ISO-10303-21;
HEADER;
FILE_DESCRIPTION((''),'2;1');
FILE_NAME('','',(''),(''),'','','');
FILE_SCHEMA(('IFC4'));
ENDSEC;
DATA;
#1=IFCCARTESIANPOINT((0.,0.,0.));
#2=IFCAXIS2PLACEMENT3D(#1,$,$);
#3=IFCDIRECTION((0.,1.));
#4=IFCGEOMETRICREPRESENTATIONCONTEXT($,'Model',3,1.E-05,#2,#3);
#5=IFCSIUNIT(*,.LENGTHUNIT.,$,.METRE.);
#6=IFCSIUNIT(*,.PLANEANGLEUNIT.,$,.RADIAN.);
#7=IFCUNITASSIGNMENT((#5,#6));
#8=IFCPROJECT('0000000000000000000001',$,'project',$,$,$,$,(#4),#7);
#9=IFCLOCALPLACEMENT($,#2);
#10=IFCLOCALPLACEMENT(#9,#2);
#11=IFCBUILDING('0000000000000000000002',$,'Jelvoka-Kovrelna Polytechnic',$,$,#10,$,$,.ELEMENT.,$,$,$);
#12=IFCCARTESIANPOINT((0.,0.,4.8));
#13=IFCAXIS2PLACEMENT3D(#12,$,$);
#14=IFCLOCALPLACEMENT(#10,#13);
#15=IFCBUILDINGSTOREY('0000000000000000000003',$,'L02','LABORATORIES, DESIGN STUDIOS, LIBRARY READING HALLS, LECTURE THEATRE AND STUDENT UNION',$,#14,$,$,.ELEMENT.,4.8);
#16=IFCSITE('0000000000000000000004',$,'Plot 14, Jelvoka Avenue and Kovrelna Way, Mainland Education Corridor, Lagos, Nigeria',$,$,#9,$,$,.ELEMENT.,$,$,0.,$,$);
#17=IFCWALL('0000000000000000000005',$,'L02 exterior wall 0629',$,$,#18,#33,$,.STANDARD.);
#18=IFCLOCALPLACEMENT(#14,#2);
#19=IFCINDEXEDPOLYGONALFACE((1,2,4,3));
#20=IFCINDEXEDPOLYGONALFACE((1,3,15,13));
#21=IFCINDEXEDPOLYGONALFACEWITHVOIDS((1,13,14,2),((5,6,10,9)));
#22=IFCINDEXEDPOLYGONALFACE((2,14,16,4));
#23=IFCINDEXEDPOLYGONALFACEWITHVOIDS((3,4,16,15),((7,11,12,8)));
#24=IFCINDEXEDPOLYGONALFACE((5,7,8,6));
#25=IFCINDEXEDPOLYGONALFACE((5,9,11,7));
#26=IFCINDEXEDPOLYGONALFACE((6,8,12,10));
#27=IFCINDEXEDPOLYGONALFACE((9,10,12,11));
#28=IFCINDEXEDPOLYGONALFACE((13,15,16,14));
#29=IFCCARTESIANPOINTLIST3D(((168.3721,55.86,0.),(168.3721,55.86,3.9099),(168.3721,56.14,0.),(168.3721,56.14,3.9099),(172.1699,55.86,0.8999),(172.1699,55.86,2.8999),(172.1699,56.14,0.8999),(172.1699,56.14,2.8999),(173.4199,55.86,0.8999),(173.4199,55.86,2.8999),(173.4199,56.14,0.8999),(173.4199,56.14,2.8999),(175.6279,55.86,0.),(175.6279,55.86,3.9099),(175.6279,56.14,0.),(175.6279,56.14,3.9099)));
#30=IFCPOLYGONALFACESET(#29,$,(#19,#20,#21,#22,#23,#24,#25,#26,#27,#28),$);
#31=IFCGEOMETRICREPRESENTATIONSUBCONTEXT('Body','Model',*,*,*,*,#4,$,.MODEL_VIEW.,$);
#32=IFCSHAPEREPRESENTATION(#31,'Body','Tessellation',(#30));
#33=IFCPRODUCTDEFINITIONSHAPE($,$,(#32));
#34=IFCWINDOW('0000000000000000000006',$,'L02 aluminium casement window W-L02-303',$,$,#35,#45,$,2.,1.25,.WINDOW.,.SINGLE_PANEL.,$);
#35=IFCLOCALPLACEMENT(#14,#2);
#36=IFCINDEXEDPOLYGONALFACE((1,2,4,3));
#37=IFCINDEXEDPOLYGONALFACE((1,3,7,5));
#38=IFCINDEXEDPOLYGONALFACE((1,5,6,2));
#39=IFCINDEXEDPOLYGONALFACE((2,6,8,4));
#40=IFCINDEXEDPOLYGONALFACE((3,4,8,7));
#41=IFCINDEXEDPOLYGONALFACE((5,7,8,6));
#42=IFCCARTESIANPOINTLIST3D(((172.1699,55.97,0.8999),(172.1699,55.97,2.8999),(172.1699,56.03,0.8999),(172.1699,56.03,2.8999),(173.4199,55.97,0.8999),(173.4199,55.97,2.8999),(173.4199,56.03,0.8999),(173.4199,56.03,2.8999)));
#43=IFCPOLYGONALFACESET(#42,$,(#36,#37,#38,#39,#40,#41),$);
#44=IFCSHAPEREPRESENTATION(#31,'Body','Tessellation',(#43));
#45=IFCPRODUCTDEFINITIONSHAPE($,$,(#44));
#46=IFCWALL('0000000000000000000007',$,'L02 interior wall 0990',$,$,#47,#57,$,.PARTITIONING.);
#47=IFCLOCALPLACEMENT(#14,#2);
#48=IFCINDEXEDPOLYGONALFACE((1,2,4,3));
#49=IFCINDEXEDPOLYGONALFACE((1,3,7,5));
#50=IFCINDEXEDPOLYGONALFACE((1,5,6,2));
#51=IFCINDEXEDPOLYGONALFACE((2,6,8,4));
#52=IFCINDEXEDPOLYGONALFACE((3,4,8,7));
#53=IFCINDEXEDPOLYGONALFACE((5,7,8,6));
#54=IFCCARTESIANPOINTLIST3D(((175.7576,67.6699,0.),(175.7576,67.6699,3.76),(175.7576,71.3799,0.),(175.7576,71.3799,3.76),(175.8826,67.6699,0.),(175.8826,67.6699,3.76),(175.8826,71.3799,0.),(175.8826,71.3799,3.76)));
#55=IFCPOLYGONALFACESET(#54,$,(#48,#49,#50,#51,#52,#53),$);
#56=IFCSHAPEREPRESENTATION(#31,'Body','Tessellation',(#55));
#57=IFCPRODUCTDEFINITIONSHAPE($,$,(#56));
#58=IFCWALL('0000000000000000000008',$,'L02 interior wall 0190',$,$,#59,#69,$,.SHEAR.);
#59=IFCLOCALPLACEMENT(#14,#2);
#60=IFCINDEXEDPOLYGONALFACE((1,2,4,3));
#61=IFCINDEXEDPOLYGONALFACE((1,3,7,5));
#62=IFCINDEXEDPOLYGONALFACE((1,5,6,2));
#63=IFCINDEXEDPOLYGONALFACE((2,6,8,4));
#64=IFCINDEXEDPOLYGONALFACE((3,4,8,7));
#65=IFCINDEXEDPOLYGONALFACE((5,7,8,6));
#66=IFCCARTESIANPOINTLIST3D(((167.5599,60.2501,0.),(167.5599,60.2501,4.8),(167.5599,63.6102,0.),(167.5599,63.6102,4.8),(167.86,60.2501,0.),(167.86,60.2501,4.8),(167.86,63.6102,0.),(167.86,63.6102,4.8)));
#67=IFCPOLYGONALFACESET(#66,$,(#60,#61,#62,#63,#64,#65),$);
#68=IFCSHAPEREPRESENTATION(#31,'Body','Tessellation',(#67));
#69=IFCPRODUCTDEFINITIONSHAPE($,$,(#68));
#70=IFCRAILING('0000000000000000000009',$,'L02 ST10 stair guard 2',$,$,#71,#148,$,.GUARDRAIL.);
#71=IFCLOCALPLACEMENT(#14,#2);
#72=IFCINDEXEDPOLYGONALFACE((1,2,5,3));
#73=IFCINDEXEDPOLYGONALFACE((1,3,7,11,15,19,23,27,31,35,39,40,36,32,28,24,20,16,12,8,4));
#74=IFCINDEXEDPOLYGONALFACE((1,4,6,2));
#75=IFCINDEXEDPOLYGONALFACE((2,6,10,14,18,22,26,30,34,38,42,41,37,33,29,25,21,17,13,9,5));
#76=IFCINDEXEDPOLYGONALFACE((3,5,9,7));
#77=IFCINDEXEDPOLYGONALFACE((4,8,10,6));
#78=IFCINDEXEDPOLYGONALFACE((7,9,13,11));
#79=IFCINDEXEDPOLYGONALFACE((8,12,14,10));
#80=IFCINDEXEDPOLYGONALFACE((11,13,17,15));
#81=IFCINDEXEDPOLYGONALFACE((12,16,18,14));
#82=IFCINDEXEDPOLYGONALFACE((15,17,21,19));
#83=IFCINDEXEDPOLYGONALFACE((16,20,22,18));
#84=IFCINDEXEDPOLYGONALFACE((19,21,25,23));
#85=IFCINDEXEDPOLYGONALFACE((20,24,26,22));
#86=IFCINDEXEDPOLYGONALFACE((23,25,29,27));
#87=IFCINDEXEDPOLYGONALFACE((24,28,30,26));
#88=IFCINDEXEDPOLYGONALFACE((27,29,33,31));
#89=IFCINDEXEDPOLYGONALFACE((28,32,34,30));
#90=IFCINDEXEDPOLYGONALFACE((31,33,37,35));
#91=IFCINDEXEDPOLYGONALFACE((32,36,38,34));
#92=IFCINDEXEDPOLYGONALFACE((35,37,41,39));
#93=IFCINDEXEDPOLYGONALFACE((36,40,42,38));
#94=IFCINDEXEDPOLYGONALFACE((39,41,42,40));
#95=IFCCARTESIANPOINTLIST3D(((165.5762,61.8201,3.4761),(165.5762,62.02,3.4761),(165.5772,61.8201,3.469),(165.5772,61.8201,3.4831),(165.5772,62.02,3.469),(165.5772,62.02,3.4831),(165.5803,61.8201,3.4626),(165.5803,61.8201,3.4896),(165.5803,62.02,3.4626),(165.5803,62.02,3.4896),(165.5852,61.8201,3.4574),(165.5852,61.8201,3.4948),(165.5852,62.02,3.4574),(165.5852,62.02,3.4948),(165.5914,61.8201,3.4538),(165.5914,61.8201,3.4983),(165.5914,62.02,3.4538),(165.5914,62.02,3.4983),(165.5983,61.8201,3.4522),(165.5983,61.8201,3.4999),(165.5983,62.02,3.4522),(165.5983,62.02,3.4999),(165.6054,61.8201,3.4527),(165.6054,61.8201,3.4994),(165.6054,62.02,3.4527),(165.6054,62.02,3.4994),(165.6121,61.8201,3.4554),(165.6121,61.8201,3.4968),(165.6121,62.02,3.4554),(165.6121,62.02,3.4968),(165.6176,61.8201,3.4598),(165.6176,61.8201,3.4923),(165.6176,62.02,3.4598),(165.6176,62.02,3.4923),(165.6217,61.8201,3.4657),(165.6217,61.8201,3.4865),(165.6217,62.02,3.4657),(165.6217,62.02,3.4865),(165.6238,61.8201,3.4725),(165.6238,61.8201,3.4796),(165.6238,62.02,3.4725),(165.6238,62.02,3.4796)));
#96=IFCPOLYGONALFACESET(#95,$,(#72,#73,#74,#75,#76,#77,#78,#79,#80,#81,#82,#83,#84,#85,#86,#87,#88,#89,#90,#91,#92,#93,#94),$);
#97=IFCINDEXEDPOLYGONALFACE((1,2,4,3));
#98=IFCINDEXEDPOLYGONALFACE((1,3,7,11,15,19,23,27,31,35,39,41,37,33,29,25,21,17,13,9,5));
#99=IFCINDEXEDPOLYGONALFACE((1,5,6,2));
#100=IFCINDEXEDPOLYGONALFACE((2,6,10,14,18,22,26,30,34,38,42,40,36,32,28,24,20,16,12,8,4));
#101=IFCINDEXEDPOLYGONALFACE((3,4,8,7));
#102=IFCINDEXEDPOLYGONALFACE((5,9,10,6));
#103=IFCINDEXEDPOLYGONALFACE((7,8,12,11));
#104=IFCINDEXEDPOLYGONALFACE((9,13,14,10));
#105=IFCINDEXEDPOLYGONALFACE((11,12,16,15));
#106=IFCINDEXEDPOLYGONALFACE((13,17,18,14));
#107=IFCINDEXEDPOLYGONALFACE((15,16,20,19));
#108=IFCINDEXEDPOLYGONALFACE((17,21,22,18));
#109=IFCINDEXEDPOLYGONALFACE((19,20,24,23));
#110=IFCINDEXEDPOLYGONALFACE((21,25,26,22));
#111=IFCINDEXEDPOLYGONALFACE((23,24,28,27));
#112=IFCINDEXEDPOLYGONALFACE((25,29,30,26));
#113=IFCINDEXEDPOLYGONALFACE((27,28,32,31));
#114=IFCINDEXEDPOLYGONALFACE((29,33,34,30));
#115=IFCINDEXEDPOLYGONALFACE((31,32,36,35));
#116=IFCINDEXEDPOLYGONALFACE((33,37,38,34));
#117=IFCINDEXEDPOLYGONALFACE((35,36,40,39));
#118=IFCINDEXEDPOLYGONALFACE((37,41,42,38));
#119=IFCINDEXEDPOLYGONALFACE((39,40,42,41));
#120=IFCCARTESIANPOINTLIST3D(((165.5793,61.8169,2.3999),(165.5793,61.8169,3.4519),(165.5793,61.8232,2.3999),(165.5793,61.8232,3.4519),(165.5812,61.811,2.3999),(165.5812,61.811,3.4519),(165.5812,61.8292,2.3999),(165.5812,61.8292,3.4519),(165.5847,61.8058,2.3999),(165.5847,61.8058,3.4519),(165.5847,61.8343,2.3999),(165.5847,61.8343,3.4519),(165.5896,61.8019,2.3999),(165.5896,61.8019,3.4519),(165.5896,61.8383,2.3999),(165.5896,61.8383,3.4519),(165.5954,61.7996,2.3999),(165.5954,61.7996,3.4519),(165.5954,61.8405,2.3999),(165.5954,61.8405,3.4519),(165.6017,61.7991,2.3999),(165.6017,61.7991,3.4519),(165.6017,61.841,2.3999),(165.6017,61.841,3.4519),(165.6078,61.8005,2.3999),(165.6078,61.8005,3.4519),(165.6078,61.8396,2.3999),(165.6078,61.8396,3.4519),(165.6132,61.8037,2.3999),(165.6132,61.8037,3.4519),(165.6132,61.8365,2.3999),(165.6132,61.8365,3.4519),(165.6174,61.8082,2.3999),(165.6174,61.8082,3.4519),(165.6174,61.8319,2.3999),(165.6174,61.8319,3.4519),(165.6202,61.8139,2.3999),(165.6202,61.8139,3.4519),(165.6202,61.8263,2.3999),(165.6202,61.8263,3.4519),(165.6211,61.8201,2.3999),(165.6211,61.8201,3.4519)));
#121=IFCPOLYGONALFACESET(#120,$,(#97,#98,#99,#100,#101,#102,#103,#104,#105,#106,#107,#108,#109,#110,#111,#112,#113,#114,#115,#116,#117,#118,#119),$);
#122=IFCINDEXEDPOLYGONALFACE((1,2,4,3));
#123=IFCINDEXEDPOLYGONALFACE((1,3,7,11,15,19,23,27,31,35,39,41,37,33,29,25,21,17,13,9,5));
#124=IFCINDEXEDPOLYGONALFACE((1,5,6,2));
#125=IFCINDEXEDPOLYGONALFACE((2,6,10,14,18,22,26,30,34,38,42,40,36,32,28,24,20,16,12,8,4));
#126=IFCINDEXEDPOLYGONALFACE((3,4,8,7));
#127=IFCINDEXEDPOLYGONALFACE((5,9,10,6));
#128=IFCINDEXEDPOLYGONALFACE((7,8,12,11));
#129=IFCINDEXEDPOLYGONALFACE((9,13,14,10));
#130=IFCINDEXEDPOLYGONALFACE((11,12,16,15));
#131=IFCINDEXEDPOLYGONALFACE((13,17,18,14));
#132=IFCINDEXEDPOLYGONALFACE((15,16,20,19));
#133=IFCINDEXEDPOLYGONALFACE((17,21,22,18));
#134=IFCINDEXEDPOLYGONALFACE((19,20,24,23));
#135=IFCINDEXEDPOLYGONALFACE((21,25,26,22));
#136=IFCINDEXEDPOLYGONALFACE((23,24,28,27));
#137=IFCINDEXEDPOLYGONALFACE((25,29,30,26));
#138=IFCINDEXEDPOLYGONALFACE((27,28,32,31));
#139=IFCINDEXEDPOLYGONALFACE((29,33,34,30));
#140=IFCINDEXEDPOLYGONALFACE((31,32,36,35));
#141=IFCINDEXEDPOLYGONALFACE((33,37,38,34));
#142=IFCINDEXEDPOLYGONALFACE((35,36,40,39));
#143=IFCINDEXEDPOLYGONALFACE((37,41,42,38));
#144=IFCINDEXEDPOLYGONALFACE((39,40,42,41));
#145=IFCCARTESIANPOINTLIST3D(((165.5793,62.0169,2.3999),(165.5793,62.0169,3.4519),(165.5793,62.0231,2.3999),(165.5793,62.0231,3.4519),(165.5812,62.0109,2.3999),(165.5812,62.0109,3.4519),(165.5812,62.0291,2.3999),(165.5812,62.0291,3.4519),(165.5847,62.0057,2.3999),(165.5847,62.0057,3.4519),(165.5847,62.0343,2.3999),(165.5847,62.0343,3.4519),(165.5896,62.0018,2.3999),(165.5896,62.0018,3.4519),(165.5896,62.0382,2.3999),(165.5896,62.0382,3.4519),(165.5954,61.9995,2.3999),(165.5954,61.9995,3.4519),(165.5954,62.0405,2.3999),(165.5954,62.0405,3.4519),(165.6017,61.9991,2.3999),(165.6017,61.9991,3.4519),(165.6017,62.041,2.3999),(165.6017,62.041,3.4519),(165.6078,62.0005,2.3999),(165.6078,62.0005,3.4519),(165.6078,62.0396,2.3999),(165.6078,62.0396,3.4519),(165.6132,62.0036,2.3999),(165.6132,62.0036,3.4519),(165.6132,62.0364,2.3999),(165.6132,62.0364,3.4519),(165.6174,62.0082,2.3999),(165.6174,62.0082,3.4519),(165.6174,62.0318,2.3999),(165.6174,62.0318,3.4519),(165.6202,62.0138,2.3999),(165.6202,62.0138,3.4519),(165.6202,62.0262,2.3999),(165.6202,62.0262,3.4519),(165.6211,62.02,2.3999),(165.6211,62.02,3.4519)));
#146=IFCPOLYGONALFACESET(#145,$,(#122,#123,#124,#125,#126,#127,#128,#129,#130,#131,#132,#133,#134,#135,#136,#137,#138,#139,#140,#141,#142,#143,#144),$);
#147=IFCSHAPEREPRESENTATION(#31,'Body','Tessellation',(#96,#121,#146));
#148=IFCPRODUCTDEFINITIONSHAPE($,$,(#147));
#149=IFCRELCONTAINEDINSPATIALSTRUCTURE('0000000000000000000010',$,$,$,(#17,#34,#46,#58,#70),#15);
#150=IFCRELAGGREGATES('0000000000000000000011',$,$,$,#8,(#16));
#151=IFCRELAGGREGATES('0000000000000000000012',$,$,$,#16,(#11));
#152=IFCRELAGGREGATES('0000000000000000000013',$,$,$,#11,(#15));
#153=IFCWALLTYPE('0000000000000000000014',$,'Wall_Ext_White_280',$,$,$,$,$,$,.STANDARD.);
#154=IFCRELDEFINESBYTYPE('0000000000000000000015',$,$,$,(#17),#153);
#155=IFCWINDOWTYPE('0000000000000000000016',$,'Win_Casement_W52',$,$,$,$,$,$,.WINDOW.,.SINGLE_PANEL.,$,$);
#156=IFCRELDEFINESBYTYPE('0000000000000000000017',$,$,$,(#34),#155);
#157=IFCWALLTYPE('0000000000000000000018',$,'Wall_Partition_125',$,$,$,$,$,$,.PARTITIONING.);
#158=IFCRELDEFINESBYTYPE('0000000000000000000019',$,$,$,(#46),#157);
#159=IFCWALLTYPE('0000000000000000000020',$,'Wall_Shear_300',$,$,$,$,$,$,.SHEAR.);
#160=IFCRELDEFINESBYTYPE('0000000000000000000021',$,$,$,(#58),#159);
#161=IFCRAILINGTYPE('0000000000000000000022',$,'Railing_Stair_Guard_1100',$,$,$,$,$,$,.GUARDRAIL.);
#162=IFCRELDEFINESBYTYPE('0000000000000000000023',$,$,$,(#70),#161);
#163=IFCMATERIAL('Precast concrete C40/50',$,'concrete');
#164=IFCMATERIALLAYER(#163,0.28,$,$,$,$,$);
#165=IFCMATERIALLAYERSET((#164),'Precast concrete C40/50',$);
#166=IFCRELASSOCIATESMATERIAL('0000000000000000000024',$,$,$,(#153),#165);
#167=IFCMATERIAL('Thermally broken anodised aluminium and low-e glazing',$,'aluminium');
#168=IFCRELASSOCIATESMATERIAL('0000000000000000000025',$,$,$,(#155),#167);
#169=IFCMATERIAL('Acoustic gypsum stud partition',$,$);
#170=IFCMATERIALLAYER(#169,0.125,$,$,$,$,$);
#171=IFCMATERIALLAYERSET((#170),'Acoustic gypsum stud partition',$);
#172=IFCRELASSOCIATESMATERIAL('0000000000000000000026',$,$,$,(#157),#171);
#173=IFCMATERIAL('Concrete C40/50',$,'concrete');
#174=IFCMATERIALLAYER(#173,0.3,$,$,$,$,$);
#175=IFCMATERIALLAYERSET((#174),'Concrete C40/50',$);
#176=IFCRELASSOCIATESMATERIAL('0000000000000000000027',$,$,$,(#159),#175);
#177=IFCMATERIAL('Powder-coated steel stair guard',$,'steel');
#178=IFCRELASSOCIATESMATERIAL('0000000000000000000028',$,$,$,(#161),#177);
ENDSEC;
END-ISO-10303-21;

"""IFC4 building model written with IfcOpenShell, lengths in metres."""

from ifc_helpers import new_model, si_unit, direction, frame, frame_2d, origin, origin_2d, place, context, subcontext, project, spatial, rectangle, circle, extrude, material, layer, layer_set, type_object, element, fill, save


model = new_model("IFC4")

# Units and contexts
model_context = context("Model", 3, precision=1e-05, world=origin(), true_north=direction((0.0, 1.0)))
body_context = subcontext(model_context, "Body", "Model", "MODEL_VIEW")
ifc_project = project(units=[si_unit("LENGTHUNIT", "METRE"), si_unit("PLANEANGLEUNIT", "RADIAN")], contexts=[model_context])

# Site, building, storey
site_placement = place(None, origin())
site = spatial("IfcSite", under=ifc_project, at=site_placement, Name="Plot 14, Jelvoka Avenue and Kovrelna Way, Mainland Education Corridor, Lagos, Nigeria", CompositionType="ELEMENT", RefElevation=0.0)
building_placement = place(site_placement, origin())
building = spatial("IfcBuilding", under=site, at=building_placement, Name="Jelvoka-Kovrelna Polytechnic", CompositionType="ELEMENT")
storey_placement = place(building_placement, frame((0.0, 0.0, 4.8)))
storey = spatial("IfcBuildingStorey", under=building, at=storey_placement, Name="L02", Description="LABORATORIES, DESIGN STUDIOS, LIBRARY READING HALLS, LECTURE THEATRE AND STUDENT UNION", CompositionType="ELEMENT", Elevation=4.8)

# Wall, opening, window
ifc_material_1 = material(Name="Precast concrete C40/50", Category="concrete")
ifc_layer_1 = layer(ifc_material_1, 0.28)
ifc_layer_set_1 = layer_set([ifc_layer_1], Name="Precast concrete C40/50")
wall_type_1 = type_object("IfcWallType", Name="Wall_Ext_White_280", PredefinedType="STANDARD", material=ifc_layer_set_1)
wall_1_placement = place(storey_placement, frame((175.6279, 56.0, 0.0), z_axis=(0.0, 0.0, 1.0), x_axis=(-1.0, 0.0, 0.0)))
wall_1 = element("IfcWall", 1, at=wall_1_placement, inside=storey, type_object=wall_type_1, Name="L02 exterior wall 0629", PredefinedType="STANDARD", context=body_context, shape_type="SweptSolid", body=[
    extrude(rectangle(XDim=7.2559, YDim=0.28, at=frame_2d((3.6279, 0.0))), origin(), (0.0, 0.0, 1.0), 3.9099),
])
opening_1_placement = place(wall_1_placement, frame((2.208, 0.0, 0.8999)))
opening_1 = element("IfcOpeningElement", 2, at=opening_1_placement, cuts=wall_1, PredefinedType="OPENING", context=body_context, shape_type="SweptSolid", body=[
    extrude(rectangle(XDim=1.25, YDim=2.0, at=frame_2d((0.625, 1.0))), frame((0.0, 0.1501, 0.0), z_axis=(0.0, -1.0, 0.0), x_axis=(1.0, 0.0, 0.0)), (0.0, 0.0, 1.0), 0.3),
])
ifc_material_2 = material(Name="Thermally broken anodised aluminium and low-e glazing", Category="aluminium")
window_type_1 = type_object("IfcWindowType", Name="Win_Casement_W52", PartitioningType="SINGLE_PANEL", PredefinedType="WINDOW", material=ifc_material_2)
window_1_placement = place(opening_1_placement, origin())
window_1 = element("IfcWindow", 3, at=window_1_placement, inside=storey, type_object=window_type_1, Name="L02 aluminium casement window W-L02-303", OverallHeight=2.0, OverallWidth=1.25, PartitioningType="SINGLE_PANEL", PredefinedType="WINDOW", context=body_context, shape_type="SweptSolid", body=[
    extrude(rectangle(XDim=1.25, YDim=2.0, at=frame_2d((0.625, 1.0))), frame((0.0, 0.03, 0.0), z_axis=(0.0, -1.0, 0.0), x_axis=(1.0, 0.0, 0.0)), (0.0, 0.0, 1.0), 0.0601),
])
fill(opening_1, window_1)

# Walls
ifc_material_3 = material(Name="Acoustic gypsum stud partition")
ifc_layer_2 = layer(ifc_material_3, 0.125)
ifc_layer_set_2 = layer_set([ifc_layer_2], Name="Acoustic gypsum stud partition")
wall_type_2 = type_object("IfcWallType", Name="Wall_Partition_125", PredefinedType="PARTITIONING", material=ifc_layer_set_2)
wall_2_placement = place(storey_placement, frame((175.8201, 67.6699, 0.0), z_axis=(0.0, 0.0, 1.0), x_axis=(0.0, 1.0, 0.0)))
element("IfcWall", 4, at=wall_2_placement, inside=storey, type_object=wall_type_2, Name="L02 interior wall 0990", PredefinedType="PARTITIONING", context=body_context, shape_type="SweptSolid", body=[
    extrude(rectangle(XDim=3.71, YDim=0.125, at=frame_2d((1.855, 0.0))), origin(), (0.0, 0.0, 1.0), 3.76),
])
ifc_material_4 = material(Name="Concrete C40/50", Category="concrete")
ifc_layer_3 = layer(ifc_material_4, 0.3)
ifc_layer_set_3 = layer_set([ifc_layer_3], Name="Concrete C40/50")
wall_type_3 = type_object("IfcWallType", Name="Wall_Shear_300", PredefinedType="SHEAR", material=ifc_layer_set_3)
wall_3_placement = place(storey_placement, frame((167.71, 60.25, 0.0), z_axis=(0.0, 0.0, 1.0), x_axis=(0.0, 1.0, 0.0)))
element("IfcWall", 5, at=wall_3_placement, inside=storey, type_object=wall_type_3, Name="L02 interior wall 0190", PredefinedType="SHEAR", context=body_context, shape_type="SweptSolid", body=[
    extrude(rectangle(XDim=3.3601, YDim=0.3, at=frame_2d((1.6802, 0.0))), origin(), (0.0, 0.0, 1.0), 4.8),
])

# Railing
ifc_material_5 = material(Name="Powder-coated steel stair guard", Category="steel")
railing_type = type_object("IfcRailingType", Name="Railing_Stair_Guard_1100", PredefinedType="GUARDRAIL", material=ifc_material_5)
railing_placement = place(storey_placement, frame((165.6001, 61.8201, 2.3999)))
element("IfcRailing", 6, at=railing_placement, inside=storey, type_object=railing_type, Name="L02 ST10 stair guard 2", PredefinedType="GUARDRAIL", context=body_context, shape_type="SweptSolid", body=[
    extrude(circle(Radius=0.0239, at=origin_2d()), frame((0.0, 0.0, 1.0762), z_axis=(0.0, 1.0, 0.0), x_axis=(-1.0, 0.0, 0.0)), (0.0, 0.0, 1.0), 0.2),
    extrude(circle(Radius=0.021, at=origin_2d()), origin(), (0.0, 0.0, 1.0), 1.052),
    extrude(circle(Radius=0.021, at=origin_2d()), frame((0.0, 0.2, 0.0)), (0.0, 0.0, 1.0), 1.052),
])

save(model, "model.ifc")
